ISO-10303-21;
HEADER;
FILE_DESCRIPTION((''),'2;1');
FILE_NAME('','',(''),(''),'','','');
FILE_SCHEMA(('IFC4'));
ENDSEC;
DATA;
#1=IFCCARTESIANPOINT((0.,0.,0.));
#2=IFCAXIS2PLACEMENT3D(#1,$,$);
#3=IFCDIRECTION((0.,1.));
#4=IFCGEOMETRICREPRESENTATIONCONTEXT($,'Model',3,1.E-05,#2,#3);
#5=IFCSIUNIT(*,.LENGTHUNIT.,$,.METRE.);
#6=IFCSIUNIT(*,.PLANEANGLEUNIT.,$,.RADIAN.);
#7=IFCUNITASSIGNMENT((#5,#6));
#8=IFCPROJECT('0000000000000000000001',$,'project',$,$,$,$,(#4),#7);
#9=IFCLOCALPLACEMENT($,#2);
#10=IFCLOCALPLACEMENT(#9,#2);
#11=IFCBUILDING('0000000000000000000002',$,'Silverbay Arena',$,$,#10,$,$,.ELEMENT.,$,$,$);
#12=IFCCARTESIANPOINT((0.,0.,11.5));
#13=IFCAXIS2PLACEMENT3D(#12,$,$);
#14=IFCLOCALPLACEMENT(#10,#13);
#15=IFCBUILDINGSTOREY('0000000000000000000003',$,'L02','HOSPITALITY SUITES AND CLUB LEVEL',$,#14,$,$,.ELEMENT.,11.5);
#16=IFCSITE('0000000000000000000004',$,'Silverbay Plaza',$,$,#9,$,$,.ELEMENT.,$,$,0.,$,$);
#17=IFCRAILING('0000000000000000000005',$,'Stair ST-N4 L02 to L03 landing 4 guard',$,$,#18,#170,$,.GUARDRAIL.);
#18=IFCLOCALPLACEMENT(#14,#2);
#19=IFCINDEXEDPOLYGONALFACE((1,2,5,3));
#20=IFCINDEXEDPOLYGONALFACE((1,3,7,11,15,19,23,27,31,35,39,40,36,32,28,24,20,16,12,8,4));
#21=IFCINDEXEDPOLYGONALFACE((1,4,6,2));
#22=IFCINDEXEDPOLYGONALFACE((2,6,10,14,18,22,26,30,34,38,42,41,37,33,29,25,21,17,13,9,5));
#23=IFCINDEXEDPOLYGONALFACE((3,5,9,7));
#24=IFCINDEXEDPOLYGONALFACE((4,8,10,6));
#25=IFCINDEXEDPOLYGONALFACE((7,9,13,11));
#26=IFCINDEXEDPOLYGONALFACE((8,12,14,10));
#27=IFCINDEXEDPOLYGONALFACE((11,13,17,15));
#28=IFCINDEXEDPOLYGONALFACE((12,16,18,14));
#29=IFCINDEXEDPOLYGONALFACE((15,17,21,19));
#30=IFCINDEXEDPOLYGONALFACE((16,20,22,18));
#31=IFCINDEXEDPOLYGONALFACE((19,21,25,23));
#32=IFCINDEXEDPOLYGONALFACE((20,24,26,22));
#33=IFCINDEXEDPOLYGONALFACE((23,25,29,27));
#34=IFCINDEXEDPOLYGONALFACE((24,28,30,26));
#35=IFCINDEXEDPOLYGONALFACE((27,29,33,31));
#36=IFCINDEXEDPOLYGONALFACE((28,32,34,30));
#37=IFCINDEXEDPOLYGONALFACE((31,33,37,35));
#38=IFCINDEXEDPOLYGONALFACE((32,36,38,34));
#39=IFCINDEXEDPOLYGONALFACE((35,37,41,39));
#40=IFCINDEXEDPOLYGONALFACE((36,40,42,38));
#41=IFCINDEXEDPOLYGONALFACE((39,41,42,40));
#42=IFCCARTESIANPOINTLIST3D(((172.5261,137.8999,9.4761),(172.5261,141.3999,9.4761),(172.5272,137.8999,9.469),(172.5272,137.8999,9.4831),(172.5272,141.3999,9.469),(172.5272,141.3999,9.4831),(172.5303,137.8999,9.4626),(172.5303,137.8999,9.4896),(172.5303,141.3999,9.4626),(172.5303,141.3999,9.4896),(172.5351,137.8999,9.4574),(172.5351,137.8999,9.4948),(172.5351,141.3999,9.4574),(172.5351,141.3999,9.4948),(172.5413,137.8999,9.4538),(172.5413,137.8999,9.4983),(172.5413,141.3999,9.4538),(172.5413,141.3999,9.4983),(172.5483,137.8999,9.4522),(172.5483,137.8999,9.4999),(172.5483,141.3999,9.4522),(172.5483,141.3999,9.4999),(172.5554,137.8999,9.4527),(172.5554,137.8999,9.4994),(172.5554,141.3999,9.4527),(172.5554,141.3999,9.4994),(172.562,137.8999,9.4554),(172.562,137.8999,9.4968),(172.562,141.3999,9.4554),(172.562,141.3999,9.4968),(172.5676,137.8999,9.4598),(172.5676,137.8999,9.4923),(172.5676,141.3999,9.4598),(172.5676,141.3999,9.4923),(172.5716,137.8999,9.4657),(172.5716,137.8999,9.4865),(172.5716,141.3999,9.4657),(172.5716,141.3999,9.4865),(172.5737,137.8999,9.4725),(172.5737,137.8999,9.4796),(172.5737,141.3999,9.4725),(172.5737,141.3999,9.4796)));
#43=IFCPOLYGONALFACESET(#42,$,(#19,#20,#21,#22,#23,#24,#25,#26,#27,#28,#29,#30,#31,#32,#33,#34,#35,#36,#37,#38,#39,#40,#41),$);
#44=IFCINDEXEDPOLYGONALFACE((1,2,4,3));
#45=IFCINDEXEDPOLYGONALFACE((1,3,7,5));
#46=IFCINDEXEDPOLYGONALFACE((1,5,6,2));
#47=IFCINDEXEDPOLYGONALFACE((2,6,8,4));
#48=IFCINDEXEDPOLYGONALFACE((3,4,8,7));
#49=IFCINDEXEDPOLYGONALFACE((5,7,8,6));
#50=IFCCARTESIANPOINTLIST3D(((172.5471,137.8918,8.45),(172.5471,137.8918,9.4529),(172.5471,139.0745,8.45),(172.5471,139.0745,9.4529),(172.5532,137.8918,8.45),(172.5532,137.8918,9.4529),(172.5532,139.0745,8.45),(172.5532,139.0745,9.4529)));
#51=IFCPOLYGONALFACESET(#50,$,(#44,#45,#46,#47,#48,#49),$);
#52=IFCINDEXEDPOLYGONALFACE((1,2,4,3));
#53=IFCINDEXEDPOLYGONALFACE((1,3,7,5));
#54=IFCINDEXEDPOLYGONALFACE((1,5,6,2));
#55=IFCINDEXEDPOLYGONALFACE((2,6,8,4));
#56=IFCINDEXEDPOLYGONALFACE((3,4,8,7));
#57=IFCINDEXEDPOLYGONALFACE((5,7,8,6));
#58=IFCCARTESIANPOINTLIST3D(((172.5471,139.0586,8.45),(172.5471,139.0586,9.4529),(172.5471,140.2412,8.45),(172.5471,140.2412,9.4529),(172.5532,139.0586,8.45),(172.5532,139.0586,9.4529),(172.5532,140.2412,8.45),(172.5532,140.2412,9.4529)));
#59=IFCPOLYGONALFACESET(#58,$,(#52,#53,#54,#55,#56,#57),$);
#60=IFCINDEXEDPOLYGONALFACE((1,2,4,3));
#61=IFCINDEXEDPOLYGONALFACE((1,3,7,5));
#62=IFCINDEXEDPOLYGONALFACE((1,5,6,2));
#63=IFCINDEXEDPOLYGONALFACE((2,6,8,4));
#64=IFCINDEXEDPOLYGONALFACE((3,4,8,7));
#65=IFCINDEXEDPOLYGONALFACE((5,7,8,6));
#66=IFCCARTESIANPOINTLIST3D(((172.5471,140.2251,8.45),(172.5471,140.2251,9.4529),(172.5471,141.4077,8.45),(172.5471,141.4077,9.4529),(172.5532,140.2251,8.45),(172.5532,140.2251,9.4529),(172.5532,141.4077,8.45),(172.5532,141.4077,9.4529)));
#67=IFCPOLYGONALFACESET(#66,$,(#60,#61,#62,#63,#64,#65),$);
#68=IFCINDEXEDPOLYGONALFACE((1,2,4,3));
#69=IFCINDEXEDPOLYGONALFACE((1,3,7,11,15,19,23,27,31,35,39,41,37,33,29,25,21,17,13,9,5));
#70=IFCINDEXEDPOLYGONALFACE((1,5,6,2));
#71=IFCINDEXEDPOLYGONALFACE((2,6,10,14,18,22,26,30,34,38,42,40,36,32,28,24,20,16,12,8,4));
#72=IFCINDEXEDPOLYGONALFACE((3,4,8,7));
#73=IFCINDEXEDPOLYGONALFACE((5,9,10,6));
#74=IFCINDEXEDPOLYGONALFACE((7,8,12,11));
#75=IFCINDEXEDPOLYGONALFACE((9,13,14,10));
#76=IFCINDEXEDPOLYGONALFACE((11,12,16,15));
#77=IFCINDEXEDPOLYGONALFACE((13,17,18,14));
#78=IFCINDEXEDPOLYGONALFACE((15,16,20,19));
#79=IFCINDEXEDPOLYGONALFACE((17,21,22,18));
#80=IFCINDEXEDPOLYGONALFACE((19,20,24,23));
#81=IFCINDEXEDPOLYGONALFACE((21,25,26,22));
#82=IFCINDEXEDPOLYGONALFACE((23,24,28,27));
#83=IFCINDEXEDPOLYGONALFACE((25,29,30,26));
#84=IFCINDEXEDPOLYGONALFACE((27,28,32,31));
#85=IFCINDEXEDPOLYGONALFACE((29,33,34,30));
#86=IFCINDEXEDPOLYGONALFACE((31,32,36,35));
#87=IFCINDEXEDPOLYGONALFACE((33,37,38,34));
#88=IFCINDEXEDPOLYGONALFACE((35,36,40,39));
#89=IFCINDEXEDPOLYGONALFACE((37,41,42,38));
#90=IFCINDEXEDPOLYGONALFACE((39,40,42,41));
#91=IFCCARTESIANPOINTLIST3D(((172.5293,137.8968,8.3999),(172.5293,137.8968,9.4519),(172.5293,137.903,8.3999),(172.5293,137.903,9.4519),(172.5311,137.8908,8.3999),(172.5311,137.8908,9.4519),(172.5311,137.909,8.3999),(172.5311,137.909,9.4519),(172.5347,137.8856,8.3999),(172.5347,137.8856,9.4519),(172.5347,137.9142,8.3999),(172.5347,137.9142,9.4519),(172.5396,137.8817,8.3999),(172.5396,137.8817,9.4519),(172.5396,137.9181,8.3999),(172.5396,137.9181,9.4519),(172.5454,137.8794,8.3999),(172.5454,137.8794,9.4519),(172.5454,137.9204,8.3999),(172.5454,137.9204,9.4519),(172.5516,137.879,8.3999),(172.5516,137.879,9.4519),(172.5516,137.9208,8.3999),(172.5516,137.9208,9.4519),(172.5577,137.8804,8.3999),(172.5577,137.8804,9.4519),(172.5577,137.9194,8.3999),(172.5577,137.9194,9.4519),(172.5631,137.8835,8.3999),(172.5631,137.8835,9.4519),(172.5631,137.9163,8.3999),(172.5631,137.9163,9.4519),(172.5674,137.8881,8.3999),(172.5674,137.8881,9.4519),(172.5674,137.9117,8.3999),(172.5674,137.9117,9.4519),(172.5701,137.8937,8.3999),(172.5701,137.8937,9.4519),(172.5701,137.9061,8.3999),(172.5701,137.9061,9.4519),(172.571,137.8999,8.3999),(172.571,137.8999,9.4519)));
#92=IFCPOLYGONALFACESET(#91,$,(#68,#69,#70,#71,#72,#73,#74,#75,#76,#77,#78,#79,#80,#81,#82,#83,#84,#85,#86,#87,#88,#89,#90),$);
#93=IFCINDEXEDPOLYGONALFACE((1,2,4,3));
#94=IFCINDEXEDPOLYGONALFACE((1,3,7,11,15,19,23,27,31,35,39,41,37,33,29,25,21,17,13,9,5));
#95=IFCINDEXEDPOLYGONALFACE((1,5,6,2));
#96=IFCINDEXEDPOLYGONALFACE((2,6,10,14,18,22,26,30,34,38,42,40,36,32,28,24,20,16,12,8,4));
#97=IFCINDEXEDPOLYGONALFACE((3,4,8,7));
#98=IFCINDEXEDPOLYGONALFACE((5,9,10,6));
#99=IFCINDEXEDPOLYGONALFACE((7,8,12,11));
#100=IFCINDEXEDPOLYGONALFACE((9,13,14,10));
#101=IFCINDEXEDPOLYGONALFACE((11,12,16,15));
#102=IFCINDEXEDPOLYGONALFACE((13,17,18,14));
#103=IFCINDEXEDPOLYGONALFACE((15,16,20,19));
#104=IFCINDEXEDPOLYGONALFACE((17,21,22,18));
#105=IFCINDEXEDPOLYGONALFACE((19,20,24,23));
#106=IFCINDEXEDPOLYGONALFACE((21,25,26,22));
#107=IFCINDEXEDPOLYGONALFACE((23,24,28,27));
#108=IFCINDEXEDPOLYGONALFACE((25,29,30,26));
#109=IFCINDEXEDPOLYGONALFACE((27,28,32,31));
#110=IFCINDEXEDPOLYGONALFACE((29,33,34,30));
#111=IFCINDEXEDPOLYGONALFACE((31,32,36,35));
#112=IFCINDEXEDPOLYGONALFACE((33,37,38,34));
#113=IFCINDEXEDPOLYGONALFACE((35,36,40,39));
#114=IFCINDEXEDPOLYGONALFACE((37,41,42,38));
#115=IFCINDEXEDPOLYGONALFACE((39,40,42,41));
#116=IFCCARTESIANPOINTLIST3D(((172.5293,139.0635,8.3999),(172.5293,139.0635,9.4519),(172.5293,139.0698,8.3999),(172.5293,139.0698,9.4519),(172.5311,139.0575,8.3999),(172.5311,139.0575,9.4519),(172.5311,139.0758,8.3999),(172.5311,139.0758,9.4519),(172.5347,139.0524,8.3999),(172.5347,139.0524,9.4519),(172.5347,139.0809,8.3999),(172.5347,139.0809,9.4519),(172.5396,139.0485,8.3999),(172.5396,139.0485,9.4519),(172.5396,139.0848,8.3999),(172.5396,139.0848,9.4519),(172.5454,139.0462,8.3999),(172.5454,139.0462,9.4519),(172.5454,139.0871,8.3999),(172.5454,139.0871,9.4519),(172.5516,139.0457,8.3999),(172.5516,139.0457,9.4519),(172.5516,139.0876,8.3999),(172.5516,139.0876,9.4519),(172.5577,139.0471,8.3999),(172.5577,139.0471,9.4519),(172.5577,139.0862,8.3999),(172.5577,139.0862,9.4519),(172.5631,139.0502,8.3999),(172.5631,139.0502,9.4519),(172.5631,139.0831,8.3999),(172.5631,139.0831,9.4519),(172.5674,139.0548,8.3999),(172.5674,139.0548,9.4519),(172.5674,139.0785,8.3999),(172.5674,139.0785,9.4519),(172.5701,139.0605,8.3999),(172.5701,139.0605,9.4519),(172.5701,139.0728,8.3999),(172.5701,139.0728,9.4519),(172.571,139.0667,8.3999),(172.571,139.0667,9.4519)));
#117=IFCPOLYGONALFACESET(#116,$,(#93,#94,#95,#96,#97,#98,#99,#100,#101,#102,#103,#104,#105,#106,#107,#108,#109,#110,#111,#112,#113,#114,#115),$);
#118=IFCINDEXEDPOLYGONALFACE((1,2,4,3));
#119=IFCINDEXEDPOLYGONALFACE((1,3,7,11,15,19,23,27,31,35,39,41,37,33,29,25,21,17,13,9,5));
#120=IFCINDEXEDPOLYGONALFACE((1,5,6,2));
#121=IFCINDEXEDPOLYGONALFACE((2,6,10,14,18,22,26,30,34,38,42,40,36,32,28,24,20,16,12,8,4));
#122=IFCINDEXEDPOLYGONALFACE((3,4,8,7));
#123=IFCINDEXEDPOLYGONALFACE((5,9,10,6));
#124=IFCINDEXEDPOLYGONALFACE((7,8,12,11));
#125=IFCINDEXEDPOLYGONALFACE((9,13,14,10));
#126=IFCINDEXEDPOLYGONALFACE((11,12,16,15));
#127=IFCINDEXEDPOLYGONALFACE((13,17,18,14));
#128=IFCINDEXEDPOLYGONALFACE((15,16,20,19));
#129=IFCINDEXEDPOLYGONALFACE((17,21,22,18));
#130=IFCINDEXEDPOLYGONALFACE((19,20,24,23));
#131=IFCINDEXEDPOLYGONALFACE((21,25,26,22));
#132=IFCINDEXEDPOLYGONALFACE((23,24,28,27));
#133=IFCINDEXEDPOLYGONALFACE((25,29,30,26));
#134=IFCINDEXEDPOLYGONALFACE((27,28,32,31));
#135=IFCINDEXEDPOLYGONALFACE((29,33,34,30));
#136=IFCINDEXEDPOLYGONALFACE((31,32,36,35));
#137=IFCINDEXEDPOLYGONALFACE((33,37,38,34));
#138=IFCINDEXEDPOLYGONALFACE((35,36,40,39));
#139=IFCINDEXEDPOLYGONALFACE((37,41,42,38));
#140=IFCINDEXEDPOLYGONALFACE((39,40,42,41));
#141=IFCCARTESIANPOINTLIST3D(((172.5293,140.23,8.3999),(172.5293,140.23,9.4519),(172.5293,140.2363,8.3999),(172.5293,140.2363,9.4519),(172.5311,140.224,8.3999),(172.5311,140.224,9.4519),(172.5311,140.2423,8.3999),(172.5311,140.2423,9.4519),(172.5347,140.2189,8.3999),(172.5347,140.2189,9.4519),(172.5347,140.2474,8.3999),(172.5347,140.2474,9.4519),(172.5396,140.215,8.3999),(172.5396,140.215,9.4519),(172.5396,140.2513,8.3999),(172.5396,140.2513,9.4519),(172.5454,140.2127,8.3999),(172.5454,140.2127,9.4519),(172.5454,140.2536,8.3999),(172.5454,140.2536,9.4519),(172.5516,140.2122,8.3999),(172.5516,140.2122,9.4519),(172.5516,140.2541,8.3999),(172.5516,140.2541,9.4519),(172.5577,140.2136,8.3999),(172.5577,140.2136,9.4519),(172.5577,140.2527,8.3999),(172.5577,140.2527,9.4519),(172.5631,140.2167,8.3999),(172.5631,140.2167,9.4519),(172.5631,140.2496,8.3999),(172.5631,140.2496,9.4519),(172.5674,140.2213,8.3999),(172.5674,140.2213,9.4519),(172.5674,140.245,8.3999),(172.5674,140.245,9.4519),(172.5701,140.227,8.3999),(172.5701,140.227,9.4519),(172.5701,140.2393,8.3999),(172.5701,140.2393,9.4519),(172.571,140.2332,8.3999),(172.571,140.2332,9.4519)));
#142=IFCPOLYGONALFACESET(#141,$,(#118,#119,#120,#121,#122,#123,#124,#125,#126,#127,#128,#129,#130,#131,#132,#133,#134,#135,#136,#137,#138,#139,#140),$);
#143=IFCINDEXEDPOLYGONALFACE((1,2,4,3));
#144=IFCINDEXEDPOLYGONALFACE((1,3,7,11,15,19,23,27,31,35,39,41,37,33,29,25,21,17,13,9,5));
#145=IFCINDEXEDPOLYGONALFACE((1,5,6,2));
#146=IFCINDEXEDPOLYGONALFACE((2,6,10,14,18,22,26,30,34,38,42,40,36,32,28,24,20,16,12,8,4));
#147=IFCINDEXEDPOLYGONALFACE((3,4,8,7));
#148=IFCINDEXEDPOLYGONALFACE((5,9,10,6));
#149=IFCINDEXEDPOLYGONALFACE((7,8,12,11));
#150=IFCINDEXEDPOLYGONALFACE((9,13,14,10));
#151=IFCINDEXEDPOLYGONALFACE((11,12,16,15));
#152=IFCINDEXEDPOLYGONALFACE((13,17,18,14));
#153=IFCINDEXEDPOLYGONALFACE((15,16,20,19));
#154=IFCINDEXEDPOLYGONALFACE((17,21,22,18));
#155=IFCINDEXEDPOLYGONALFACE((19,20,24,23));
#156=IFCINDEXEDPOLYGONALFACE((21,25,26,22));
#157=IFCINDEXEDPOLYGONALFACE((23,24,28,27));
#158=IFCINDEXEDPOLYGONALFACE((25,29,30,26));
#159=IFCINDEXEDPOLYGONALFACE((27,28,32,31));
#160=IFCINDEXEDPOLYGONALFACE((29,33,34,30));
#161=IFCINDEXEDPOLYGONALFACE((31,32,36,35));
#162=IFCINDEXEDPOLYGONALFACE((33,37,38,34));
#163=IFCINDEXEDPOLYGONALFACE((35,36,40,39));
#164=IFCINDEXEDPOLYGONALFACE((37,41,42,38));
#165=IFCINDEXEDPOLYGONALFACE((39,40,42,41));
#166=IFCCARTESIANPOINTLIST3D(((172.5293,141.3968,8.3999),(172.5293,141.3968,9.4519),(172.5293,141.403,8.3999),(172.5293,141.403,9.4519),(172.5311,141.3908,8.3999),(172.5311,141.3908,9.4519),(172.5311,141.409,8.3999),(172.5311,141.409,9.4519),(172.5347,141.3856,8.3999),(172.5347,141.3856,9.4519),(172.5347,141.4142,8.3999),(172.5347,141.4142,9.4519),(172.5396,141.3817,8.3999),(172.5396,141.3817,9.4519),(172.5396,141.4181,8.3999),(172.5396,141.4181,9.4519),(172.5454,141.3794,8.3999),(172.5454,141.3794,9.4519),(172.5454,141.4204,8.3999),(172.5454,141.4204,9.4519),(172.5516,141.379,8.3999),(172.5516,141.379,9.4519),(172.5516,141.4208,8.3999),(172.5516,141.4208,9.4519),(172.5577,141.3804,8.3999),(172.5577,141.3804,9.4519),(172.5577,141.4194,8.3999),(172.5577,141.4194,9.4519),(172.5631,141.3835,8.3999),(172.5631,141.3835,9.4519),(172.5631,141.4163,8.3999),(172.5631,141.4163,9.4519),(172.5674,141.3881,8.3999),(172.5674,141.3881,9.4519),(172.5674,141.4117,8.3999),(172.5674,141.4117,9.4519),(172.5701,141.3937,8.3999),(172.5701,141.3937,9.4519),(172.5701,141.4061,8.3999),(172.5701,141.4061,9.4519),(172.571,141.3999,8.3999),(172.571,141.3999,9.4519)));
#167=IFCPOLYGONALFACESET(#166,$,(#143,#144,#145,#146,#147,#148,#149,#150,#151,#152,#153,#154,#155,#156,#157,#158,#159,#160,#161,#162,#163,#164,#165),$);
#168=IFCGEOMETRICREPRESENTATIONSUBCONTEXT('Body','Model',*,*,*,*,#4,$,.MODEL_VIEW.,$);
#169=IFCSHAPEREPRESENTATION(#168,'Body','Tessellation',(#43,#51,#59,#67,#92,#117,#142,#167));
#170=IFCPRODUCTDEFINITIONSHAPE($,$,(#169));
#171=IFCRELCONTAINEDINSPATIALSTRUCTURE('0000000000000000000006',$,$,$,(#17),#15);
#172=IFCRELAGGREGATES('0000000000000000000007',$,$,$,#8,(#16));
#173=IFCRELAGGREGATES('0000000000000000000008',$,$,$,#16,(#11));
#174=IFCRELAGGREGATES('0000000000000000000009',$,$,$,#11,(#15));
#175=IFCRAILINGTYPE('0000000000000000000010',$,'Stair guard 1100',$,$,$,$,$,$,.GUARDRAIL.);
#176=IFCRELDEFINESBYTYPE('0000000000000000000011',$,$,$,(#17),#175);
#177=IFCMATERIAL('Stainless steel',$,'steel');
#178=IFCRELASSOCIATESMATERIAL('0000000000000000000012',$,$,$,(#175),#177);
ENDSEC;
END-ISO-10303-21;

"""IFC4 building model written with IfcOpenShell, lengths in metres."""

from ifc_helpers import new_model, si_unit, direction, frame, origin, origin_2d, place, context, subcontext, project, spatial, polyline, circle, outline, extrude, material, type_object, element, save


model = new_model("IFC4")

# Units and contexts
model_context = context("Model", 3, precision=1e-05, world=origin(), true_north=direction((0.0, 1.0)))
body_context = subcontext(model_context, "Body", "Model", "MODEL_VIEW")
ifc_project = project(units=[si_unit("LENGTHUNIT", "METRE"), si_unit("PLANEANGLEUNIT", "RADIAN")], contexts=[model_context])

# Site, building, storey
site_placement = place(None, origin())
site = spatial("IfcSite", under=ifc_project, at=site_placement, Name="Silverbay Plaza", CompositionType="ELEMENT", RefElevation=0.0)
building_placement = place(site_placement, origin())
building = spatial("IfcBuilding", under=site, at=building_placement, Name="Silverbay Arena", CompositionType="ELEMENT")
storey_placement = place(building_placement, frame((0.0, 0.0, 11.5)))
storey = spatial("IfcBuildingStorey", under=building, at=storey_placement, Name="L02", Description="HOSPITALITY SUITES AND CLUB LEVEL", CompositionType="ELEMENT", Elevation=11.5)

# Railing
ifc_material_1 = material(Name="Stainless steel", Category="steel")
railing_type_1 = type_object("IfcRailingType", Name="Stair guard 1100", PredefinedType="GUARDRAIL", material=ifc_material_1)
for number, where, name in (
    (1, (172.55, 137.8999, 8.3999), "Stair ST-N4 L02 to L03 landing 4 guard"),
):
    element("IfcRailing", number, at=place(storey_placement, frame(where)), inside=storey, type_object=railing_type_1, Name=name, PredefinedType="GUARDRAIL", context=body_context, shape_type="SweptSolid", body=[
        extrude(circle(Radius=0.0239, at=origin_2d()), frame((0.0, 0.0, 1.0762), z_axis=(0.0, 1.0, 0.0), x_axis=(-1.0, 0.0, 0.0)), (0.0, 0.0, 1.0), 3.5),
        extrude(outline(polyline([(-0.0081, 0.05), (1.1746, 0.05), (1.1746, 1.053), (-0.0081, 1.053), (-0.0081, 0.05)])), frame((-0.0029, 0.0, 0.0), z_axis=(1.0, 0.0, 0.0), x_axis=(0.0, 1.0, 0.0)), (0.0, 0.0, 1.0), 0.0061),
        extrude(outline(polyline([(-0.0081, 0.05), (1.1746, 0.05), (1.1746, 1.053), (-0.0081, 1.053), (-0.0081, 0.05)])), frame((-0.0029, 1.1667, 0.0), z_axis=(1.0, 0.0, 0.0), x_axis=(0.0, 1.0, 0.0)), (0.0, 0.0, 1.0), 0.0061),
        extrude(outline(polyline([(-0.0081, 0.05), (1.1746, 0.05), (1.1746, 1.053), (-0.0081, 1.053), (-0.0081, 0.05)])), frame((-0.0029, 2.3333, 0.0), z_axis=(1.0, 0.0, 0.0), x_axis=(0.0, 1.0, 0.0)), (0.0, 0.0, 1.0), 0.0061),
        extrude(circle(Radius=0.021, at=origin_2d()), origin(), (0.0, 0.0, 1.0), 1.052),
        extrude(circle(Radius=0.021, at=origin_2d()), frame((0.0, 1.1667, 0.0)), (0.0, 0.0, 1.0), 1.052),
        extrude(circle(Radius=0.021, at=origin_2d()), frame((0.0, 2.3333, 0.0)), (0.0, 0.0, 1.0), 1.052),
        extrude(circle(Radius=0.021, at=origin_2d()), frame((0.0, 3.5, 0.0)), (0.0, 0.0, 1.0), 1.052),
    ])

save(model, "model.ifc")
